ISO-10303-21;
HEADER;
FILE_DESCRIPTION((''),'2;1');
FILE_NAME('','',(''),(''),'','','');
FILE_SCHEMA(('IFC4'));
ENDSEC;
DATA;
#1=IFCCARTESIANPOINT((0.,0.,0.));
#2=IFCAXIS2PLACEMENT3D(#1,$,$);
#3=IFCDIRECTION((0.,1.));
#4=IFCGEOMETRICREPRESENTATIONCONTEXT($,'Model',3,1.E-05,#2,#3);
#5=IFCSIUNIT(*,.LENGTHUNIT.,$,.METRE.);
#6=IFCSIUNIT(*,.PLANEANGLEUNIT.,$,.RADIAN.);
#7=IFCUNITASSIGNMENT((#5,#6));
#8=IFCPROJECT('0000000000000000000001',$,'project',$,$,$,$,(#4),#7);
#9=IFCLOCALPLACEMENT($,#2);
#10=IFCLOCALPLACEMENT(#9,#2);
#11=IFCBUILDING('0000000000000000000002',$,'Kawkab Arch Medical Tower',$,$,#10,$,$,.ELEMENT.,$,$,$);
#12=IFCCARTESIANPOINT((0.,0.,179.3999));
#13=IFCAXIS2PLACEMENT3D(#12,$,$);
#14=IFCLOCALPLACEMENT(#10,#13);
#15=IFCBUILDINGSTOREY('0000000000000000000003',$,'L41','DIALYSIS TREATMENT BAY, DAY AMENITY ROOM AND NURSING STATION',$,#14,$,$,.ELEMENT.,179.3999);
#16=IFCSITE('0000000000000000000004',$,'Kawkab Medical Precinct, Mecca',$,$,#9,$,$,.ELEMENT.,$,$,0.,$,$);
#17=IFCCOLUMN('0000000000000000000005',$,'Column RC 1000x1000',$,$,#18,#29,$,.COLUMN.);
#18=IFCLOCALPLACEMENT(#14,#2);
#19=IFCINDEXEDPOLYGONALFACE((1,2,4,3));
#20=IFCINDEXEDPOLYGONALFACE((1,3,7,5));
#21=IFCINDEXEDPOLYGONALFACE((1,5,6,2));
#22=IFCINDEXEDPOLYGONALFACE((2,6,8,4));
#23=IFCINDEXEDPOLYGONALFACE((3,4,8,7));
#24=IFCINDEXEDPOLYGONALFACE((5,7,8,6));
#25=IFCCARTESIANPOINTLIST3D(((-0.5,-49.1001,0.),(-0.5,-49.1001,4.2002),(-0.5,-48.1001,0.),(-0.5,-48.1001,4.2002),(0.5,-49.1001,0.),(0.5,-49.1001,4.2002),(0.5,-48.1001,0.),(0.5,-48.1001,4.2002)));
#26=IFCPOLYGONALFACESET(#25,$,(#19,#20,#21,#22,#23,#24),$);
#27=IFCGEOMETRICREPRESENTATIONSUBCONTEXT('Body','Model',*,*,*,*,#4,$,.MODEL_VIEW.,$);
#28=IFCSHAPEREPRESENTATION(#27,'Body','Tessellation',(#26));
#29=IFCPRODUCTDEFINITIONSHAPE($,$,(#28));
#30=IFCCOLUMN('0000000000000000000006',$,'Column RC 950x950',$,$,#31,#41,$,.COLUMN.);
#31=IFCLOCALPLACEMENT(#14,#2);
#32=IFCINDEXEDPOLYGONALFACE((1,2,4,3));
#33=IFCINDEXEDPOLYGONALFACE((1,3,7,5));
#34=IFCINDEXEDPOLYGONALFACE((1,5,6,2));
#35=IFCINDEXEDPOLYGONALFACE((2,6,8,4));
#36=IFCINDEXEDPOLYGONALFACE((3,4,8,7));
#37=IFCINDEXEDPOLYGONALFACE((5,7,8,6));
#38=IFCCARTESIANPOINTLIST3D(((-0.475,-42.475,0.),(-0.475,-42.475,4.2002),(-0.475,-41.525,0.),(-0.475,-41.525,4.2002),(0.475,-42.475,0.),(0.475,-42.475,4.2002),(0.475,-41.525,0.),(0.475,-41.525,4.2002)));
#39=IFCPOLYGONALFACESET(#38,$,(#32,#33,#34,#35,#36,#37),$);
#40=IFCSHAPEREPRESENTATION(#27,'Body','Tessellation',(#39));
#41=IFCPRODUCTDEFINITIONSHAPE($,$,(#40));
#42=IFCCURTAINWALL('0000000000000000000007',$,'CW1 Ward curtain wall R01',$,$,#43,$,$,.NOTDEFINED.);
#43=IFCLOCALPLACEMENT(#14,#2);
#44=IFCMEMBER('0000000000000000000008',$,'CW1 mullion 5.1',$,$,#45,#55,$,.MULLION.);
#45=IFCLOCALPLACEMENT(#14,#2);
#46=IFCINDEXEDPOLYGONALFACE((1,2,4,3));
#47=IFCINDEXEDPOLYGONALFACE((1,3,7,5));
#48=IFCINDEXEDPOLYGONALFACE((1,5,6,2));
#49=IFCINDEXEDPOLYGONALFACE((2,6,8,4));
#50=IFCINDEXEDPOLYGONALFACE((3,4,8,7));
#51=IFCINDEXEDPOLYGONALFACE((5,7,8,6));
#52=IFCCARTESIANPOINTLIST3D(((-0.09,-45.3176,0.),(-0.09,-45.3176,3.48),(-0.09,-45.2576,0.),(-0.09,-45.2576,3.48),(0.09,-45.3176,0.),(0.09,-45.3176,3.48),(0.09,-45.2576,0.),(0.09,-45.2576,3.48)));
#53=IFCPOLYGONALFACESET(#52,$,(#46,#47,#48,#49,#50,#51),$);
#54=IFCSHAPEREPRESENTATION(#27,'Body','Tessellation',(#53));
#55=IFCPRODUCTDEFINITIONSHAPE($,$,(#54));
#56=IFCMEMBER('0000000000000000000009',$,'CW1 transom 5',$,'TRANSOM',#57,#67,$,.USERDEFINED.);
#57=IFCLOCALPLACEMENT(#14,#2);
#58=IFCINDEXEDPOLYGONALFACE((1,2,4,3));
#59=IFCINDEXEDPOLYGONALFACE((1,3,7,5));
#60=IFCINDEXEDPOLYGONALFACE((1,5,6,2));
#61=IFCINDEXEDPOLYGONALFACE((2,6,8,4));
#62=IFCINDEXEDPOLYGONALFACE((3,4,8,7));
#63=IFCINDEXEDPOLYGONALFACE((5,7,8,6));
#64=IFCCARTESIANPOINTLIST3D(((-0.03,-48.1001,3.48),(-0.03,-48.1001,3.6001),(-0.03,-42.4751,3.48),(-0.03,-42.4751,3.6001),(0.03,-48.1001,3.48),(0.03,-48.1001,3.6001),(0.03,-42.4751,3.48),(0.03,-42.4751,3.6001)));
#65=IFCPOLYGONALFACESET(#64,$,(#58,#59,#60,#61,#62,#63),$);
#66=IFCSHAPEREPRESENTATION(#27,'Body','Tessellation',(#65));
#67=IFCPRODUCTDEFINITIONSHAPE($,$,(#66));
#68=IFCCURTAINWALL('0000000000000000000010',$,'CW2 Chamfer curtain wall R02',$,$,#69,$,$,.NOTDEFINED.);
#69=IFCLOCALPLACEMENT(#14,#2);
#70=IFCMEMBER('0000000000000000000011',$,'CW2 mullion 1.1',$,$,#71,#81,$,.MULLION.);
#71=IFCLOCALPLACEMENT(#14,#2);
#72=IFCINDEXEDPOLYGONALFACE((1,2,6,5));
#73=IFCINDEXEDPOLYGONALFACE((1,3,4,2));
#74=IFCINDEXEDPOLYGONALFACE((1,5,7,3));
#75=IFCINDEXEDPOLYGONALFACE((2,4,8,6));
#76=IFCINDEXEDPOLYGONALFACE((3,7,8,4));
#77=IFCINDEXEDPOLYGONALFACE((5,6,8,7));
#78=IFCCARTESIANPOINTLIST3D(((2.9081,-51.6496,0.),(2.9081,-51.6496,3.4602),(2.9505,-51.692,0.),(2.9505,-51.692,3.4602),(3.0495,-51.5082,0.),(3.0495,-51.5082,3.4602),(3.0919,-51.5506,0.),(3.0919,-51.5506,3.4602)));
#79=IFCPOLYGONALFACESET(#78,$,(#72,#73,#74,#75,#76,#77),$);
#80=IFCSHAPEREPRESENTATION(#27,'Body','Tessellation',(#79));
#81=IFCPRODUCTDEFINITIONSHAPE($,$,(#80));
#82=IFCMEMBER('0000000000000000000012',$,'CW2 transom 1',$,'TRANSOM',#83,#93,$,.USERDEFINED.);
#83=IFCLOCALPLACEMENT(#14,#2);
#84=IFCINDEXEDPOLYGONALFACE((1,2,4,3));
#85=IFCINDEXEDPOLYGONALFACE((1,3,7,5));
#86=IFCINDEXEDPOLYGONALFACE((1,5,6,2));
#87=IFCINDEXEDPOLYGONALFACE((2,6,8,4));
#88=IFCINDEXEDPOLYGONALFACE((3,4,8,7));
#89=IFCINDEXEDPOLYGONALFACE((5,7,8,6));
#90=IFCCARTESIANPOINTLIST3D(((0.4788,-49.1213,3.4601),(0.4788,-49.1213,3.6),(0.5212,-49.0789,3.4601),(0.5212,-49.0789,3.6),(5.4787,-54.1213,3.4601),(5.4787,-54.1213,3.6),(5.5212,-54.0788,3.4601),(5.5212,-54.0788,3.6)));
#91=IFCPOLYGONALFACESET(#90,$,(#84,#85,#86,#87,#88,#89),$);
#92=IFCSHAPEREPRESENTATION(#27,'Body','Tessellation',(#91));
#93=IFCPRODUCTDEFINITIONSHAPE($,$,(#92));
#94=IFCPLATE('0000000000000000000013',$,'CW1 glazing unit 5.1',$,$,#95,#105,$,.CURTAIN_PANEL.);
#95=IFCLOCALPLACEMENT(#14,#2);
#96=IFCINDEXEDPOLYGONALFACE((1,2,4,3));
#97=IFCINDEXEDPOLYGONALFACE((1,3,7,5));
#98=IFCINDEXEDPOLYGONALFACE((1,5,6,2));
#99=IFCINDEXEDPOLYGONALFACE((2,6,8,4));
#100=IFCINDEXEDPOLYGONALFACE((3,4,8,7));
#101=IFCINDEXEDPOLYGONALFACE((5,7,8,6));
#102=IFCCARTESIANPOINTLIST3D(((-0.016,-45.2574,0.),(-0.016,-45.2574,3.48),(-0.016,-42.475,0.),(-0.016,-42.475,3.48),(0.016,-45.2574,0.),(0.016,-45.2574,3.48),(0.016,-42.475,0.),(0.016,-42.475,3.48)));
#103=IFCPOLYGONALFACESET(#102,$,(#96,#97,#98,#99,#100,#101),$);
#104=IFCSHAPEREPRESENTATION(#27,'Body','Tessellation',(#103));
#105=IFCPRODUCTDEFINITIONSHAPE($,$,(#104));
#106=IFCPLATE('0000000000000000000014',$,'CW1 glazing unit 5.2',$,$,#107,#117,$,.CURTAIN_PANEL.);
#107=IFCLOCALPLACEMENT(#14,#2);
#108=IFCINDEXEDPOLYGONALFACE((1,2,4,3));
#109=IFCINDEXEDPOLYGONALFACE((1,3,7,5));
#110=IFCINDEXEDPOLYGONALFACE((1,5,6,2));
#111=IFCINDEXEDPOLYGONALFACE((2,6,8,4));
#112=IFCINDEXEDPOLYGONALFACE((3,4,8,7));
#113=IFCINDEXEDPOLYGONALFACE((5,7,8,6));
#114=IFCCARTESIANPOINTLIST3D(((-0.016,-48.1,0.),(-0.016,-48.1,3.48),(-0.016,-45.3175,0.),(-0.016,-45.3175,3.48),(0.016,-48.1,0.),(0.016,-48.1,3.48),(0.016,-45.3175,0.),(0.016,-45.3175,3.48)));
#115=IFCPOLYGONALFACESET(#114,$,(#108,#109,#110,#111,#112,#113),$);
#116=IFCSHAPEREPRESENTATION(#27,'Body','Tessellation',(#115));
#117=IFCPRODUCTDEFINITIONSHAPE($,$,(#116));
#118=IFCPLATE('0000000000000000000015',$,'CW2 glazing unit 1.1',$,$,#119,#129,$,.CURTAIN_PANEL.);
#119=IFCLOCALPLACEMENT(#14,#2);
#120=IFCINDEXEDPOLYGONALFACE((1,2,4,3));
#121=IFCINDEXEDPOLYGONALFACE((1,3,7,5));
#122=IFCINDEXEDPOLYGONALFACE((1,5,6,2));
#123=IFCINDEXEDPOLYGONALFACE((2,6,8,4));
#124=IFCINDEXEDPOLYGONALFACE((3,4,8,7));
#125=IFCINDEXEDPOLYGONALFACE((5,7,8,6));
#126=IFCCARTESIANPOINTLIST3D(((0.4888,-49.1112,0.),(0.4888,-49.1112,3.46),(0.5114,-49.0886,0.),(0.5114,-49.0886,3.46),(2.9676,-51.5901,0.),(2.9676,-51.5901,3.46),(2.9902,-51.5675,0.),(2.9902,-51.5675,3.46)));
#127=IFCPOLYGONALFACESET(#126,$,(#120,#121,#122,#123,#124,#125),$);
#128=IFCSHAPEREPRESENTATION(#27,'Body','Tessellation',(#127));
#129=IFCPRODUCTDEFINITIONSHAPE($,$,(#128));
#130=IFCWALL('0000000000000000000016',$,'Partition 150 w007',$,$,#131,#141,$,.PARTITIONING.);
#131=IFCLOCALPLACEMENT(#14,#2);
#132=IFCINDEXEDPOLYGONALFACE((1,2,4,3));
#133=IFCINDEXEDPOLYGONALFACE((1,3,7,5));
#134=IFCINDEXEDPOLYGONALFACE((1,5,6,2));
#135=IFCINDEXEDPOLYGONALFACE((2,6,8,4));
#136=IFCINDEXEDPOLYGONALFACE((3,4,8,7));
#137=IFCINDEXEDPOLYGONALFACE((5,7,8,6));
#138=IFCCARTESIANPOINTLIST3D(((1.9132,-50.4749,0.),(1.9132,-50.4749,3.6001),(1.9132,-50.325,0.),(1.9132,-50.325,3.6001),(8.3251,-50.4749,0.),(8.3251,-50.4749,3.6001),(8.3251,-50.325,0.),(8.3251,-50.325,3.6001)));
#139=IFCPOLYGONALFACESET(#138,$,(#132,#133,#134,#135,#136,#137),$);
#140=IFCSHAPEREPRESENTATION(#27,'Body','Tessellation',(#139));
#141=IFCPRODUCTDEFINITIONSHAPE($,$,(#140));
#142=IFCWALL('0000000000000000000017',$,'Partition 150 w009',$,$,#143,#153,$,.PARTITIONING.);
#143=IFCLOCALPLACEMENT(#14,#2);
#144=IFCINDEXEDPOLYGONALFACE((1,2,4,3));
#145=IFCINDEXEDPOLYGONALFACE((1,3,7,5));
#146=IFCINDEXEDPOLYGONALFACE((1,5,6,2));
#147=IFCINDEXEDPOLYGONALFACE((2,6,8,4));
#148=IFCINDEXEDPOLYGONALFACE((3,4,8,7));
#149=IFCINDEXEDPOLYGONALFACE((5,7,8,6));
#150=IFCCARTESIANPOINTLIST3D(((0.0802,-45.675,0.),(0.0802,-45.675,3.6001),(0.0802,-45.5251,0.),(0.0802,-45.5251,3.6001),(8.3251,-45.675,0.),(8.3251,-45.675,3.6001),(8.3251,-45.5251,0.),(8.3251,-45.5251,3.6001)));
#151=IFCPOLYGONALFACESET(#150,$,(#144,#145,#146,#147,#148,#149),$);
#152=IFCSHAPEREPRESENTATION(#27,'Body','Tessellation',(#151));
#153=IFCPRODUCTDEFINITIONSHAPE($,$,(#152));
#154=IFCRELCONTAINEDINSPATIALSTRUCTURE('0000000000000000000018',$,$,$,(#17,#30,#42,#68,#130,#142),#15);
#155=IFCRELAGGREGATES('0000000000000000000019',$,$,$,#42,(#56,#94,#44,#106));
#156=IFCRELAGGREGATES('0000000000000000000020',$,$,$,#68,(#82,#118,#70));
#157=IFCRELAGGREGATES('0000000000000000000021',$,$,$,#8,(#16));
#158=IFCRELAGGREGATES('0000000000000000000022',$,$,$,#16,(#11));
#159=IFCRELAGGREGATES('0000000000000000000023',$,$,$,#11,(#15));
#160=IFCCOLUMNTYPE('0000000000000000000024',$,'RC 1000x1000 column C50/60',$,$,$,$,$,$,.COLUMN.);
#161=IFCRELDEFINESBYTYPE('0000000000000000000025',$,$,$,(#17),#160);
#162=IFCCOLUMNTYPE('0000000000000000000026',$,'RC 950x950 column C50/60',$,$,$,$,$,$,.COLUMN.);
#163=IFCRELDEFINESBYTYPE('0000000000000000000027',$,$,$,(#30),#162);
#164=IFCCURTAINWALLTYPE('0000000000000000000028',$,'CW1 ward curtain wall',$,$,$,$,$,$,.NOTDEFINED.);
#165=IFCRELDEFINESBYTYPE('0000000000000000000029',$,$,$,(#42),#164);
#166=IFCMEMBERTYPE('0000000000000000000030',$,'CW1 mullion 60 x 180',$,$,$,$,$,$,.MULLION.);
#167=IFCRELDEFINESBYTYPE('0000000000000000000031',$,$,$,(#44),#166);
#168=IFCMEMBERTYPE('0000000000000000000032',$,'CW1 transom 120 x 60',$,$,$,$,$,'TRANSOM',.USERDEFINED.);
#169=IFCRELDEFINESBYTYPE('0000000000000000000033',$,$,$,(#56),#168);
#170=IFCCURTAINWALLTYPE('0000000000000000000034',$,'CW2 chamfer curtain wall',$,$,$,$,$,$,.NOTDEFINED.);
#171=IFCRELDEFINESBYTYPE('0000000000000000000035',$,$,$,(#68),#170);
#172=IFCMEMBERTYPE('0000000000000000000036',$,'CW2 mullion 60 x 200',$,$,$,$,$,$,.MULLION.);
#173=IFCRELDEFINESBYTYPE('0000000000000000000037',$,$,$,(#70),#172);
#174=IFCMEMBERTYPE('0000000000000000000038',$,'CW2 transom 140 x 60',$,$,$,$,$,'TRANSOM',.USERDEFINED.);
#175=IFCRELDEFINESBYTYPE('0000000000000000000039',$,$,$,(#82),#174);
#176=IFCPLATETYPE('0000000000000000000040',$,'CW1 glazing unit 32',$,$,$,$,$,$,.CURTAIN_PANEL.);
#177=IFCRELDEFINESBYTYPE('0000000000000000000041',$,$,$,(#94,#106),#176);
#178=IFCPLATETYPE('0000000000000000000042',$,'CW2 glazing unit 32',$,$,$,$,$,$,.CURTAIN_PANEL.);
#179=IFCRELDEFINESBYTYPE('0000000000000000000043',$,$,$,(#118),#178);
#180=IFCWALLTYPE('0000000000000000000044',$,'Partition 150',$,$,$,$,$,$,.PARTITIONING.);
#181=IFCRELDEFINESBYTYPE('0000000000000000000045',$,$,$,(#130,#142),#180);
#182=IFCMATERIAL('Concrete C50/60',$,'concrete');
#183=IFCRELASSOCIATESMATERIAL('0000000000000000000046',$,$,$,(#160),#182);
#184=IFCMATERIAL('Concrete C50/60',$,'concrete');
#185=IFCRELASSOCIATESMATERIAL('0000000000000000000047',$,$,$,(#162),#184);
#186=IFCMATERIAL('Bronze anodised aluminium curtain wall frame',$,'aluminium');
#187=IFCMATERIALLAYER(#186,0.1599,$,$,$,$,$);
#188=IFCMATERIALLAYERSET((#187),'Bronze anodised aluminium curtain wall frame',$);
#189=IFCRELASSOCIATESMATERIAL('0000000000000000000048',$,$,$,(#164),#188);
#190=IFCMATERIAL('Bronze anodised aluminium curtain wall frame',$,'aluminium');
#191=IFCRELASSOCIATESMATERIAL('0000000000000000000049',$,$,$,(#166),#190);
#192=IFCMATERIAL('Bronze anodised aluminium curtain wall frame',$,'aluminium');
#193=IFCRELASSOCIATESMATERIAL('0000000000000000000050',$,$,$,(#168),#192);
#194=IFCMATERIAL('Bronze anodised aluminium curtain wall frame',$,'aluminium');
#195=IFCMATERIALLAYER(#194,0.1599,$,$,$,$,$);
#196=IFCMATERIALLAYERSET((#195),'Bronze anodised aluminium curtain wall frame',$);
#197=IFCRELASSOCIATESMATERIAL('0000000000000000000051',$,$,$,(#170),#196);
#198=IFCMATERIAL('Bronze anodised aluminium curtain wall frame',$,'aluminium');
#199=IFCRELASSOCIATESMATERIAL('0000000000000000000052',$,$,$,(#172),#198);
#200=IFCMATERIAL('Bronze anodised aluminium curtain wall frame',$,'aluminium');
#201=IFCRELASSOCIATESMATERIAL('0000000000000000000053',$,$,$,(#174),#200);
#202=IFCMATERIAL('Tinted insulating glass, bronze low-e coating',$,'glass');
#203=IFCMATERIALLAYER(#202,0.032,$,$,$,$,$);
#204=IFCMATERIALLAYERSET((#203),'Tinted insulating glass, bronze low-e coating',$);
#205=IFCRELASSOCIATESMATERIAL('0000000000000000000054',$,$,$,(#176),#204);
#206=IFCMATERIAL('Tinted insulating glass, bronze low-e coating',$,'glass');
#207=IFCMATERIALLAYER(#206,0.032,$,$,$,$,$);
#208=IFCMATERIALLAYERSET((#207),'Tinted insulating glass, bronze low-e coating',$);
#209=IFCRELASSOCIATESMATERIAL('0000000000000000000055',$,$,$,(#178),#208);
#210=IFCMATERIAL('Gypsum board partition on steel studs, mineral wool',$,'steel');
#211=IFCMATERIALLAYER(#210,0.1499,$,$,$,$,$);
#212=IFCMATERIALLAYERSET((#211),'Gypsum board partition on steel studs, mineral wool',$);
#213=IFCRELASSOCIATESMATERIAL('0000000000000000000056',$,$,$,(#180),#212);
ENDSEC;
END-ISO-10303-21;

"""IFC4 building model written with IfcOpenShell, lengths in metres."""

from ifc_helpers import new_model, si_unit, direction, frame, frame_2d, origin, origin_2d, place, context, subcontext, project, spatial, rectangle, extrude, material, layer, layer_set, material_profile, profile_set, type_object, element, aggregate, save


model = new_model("IFC4")

# Units and contexts
model_context = context("Model", 3, precision=1e-05, world=origin(), true_north=direction((0.0, 1.0)))
body_context = subcontext(model_context, "Body", "Model", "MODEL_VIEW")
ifc_project = project(units=[si_unit("LENGTHUNIT", "METRE"), si_unit("PLANEANGLEUNIT", "RADIAN")], contexts=[model_context])

# Site, building, storey
site_placement = place(None, origin())
site = spatial("IfcSite", under=ifc_project, at=site_placement, Name="Kawkab Medical Precinct, Mecca", CompositionType="ELEMENT", RefElevation=0.0)
building_placement = place(site_placement, origin())
building = spatial("IfcBuilding", under=site, at=building_placement, Name="Kawkab Arch Medical Tower", CompositionType="ELEMENT")
storey_placement = place(building_placement, frame((0.0, 0.0, 179.3999)))
storey = spatial("IfcBuildingStorey", under=building, at=storey_placement, Name="L41", Description="DIALYSIS TREATMENT BAY, DAY AMENITY ROOM AND NURSING STATION", CompositionType="ELEMENT", Elevation=179.3999)

# Columns
ifc_material_1 = material(Name="Concrete C50/60", Category="concrete")
ifc_material_profile_1 = material_profile(ifc_material_1, rectangle(XDim=1.0, YDim=1.0, at=origin_2d()), Name="RC 1000x1000")
ifc_profile_set_1 = profile_set([ifc_material_profile_1], Name="Concrete C50/60")
column_type_1 = type_object("IfcColumnType", Name="RC 1000x1000 column C50/60", PredefinedType="COLUMN", material=ifc_profile_set_1)
column_1_placement = place(storey_placement, frame((0.0, -48.6001, 0.0), z_axis=(0.0, 0.0, 1.0), x_axis=(1.0, 0.0, 0.0)))
element("IfcColumn", 1, at=column_1_placement, inside=storey, type_object=column_type_1, Name="Column RC 1000x1000", PredefinedType="COLUMN", context=body_context, shape_type="SweptSolid", body=[
    extrude(rectangle(XDim=1.0, YDim=1.0, at=origin_2d()), origin(), (0.0, 0.0, 1.0), 4.2002),
])
ifc_material_2 = material(Name="Concrete C50/60", Category="concrete")
ifc_material_profile_2 = material_profile(ifc_material_2, rectangle(XDim=0.95, YDim=0.95, at=origin_2d()), Name="RC 950x950")
ifc_profile_set_2 = profile_set([ifc_material_profile_2], Name="Concrete C50/60")
column_type_2 = type_object("IfcColumnType", Name="RC 950x950 column C50/60", PredefinedType="COLUMN", material=ifc_profile_set_2)
column_2_placement = place(storey_placement, frame((0.0, -42.0, 0.0), z_axis=(0.0, 0.0, 1.0), x_axis=(1.0, 0.0, 0.0)))
element("IfcColumn", 2, at=column_2_placement, inside=storey, type_object=column_type_2, Name="Column RC 950x950", PredefinedType="COLUMN", context=body_context, shape_type="SweptSolid", body=[
    extrude(rectangle(XDim=0.95, YDim=0.95, at=origin_2d()), origin(), (0.0, 0.0, 1.0), 4.2002),
])

# Curtain walls, members
ifc_material_3 = material(Name="Bronze anodised aluminium curtain wall frame", Category="aluminium")
ifc_layer_1 = layer(ifc_material_3, 0.1599)
ifc_layer_set_1 = layer_set([ifc_layer_1], Name="Bronze anodised aluminium curtain wall frame")
curtain_wall_type_1 = type_object("IfcCurtainWallType", Name="CW1 ward curtain wall", PredefinedType="NOTDEFINED", material=ifc_layer_set_1)
placement = place(storey_placement, origin())
curtain_wall_1 = element("IfcCurtainWall", 3, at=placement, inside=storey, type_object=curtain_wall_type_1, Name="CW1 Ward curtain wall R01", PredefinedType="NOTDEFINED")
ifc_material_4 = material(Name="Bronze anodised aluminium curtain wall frame", Category="aluminium")
ifc_material_profile_3 = material_profile(ifc_material_4, rectangle(XDim=0.1799, YDim=0.0601, at=origin_2d()), Name="AL 60x180")
ifc_profile_set_3 = profile_set([ifc_material_profile_3], Name="Bronze anodised aluminium curtain wall frame")
member_type_1 = type_object("IfcMemberType", Name="CW1 mullion 60 x 180", PredefinedType="MULLION", material=ifc_profile_set_3)
member_1_placement = place(storey_placement, frame((0.0, -45.2876, 0.0), z_axis=(0.0, 0.0, 1.0), x_axis=(1.0, 0.0, 0.0)))
member_1 = element("IfcMember", 4, at=member_1_placement, type_object=member_type_1, Name="CW1 mullion 5.1", PredefinedType="MULLION", context=body_context, shape_type="SweptSolid", body=[
    extrude(rectangle(XDim=0.1799, YDim=0.0601, at=origin_2d()), origin(), (0.0, 0.0, 1.0), 3.48),
])
ifc_material_5 = material(Name="Bronze anodised aluminium curtain wall frame", Category="aluminium")
ifc_material_profile_4 = material_profile(ifc_material_5, rectangle(XDim=0.0601, YDim=0.1201, at=origin_2d()), Name="AL 60x120")
ifc_profile_set_4 = profile_set([ifc_material_profile_4], Name="Bronze anodised aluminium curtain wall frame")
member_type_2 = type_object("IfcMemberType", Name="CW1 transom 120 x 60", ElementType="TRANSOM", PredefinedType="USERDEFINED", material=ifc_profile_set_4)
member_2_placement = place(storey_placement, frame((0.0, -42.4751, 3.54), z_axis=(0.0, -1.0, 0.0), x_axis=(1.0, 0.0, 0.0)))
member_2 = element("IfcMember", 5, at=member_2_placement, type_object=member_type_2, Name="CW1 transom 5", ObjectType="TRANSOM", PredefinedType="USERDEFINED", context=body_context, shape_type="SweptSolid", body=[
    extrude(rectangle(XDim=0.0601, YDim=0.1201, at=origin_2d()), origin(), (0.0, 0.0, 1.0), 5.625),
])
ifc_material_6 = material(Name="Bronze anodised aluminium curtain wall frame", Category="aluminium")
ifc_layer_2 = layer(ifc_material_6, 0.1599)
ifc_layer_set_2 = layer_set([ifc_layer_2], Name="Bronze anodised aluminium curtain wall frame")
curtain_wall_type_2 = type_object("IfcCurtainWallType", Name="CW2 chamfer curtain wall", PredefinedType="NOTDEFINED", material=ifc_layer_set_2)
curtain_wall_2 = element("IfcCurtainWall", 6, at=placement, inside=storey, type_object=curtain_wall_type_2, Name="CW2 Chamfer curtain wall R02", PredefinedType="NOTDEFINED")
ifc_material_7 = material(Name="Bronze anodised aluminium curtain wall frame", Category="aluminium")
ifc_material_profile_5 = material_profile(ifc_material_7, rectangle(XDim=0.2, YDim=0.0601, at=origin_2d()), Name="AL 60x200")
ifc_profile_set_5 = profile_set([ifc_material_profile_5], Name="Bronze anodised aluminium curtain wall frame")
member_type_3 = type_object("IfcMemberType", Name="CW2 mullion 60 x 200", PredefinedType="MULLION", material=ifc_profile_set_5)
member_3_placement = place(storey_placement, frame((3.0, -51.6001, 0.0), z_axis=(0.0, 0.0, 1.0), x_axis=(0.707107, 0.707107, 0.0)))
member_3 = element("IfcMember", 7, at=member_3_placement, type_object=member_type_3, Name="CW2 mullion 1.1", PredefinedType="MULLION", context=body_context, shape_type="SweptSolid", body=[
    extrude(rectangle(XDim=0.2, YDim=0.0601, at=origin_2d()), origin(), (0.0, 0.0, 1.0), 3.4602),
])
ifc_material_8 = material(Name="Bronze anodised aluminium curtain wall frame", Category="aluminium")
ifc_material_profile_6 = material_profile(ifc_material_8, rectangle(XDim=0.0601, YDim=0.1399, at=origin_2d()), Name="AL 60x140")
ifc_profile_set_6 = profile_set([ifc_material_profile_6], Name="Bronze anodised aluminium curtain wall frame")
member_type_4 = type_object("IfcMemberType", Name="CW2 transom 140 x 60", ElementType="TRANSOM", PredefinedType="USERDEFINED", material=ifc_profile_set_6)
member_4_placement = place(storey_placement, frame((0.5, -49.1001, 3.53), z_axis=(0.707107, -0.707107, 0.0), x_axis=(0.707107, 0.707107, 0.0)))
member_4 = element("IfcMember", 8, at=member_4_placement, type_object=member_type_4, Name="CW2 transom 1", ObjectType="TRANSOM", PredefinedType="USERDEFINED", context=body_context, shape_type="SweptSolid", body=[
    extrude(rectangle(XDim=0.0601, YDim=0.1399, at=origin_2d()), origin(), (0.0, 0.0, 1.0), 7.071),
])

# Plates
ifc_material_9 = material(Name="Tinted insulating glass, bronze low-e coating", Category="glass")
ifc_layer_3 = layer(ifc_material_9, 0.032)
ifc_layer_set_3 = layer_set([ifc_layer_3], Name="Tinted insulating glass, bronze low-e coating")
plate_type_1 = type_object("IfcPlateType", Name="CW1 glazing unit 32", PredefinedType="CURTAIN_PANEL", material=ifc_layer_set_3)
plate_1_placement = place(storey_placement, frame((0.0, -43.8662, 0.0), z_axis=(0.0, 0.0, 1.0), x_axis=(0.0, -1.0, 0.0)))
plate_1 = element("IfcPlate", 9, at=plate_1_placement, type_object=plate_type_1, Name="CW1 glazing unit 5.1", PredefinedType="CURTAIN_PANEL", context=body_context, shape_type="SweptSolid", body=[
    extrude(rectangle(XDim=2.7825, YDim=0.032, at=origin_2d()), origin(), (0.0, 0.0, 1.0), 3.48),
])
plate_2_placement = place(storey_placement, frame((0.0, -46.7087, 0.0), z_axis=(0.0, 0.0, 1.0), x_axis=(0.0, -1.0, 0.0)))
plate_2 = element("IfcPlate", 10, at=plate_2_placement, type_object=plate_type_1, Name="CW1 glazing unit 5.2", PredefinedType="CURTAIN_PANEL", context=body_context, shape_type="SweptSolid", body=[
    extrude(rectangle(XDim=2.7825, YDim=0.032, at=origin_2d()), origin(), (0.0, 0.0, 1.0), 3.48),
])
aggregate(curtain_wall_1, [member_2, plate_1, member_1, plate_2])
ifc_material_10 = material(Name="Tinted insulating glass, bronze low-e coating", Category="glass")
ifc_layer_4 = layer(ifc_material_10, 0.032)
ifc_layer_set_4 = layer_set([ifc_layer_4], Name="Tinted insulating glass, bronze low-e coating")
plate_type_2 = type_object("IfcPlateType", Name="CW2 glazing unit 32", PredefinedType="CURTAIN_PANEL", material=ifc_layer_set_4)
plate_3_placement = place(storey_placement, frame((1.7395, -50.3394, 0.0), z_axis=(0.0, 0.0, 1.0), x_axis=(0.707107, -0.707107, 0.0)))
plate_3 = element("IfcPlate", 11, at=plate_3_placement, type_object=plate_type_2, Name="CW2 glazing unit 1.1", PredefinedType="CURTAIN_PANEL", context=body_context, shape_type="SweptSolid", body=[
    extrude(rectangle(XDim=3.5056, YDim=0.032, at=origin_2d()), origin(), (0.0, 0.0, 1.0), 3.46),
])
aggregate(curtain_wall_2, [member_4, plate_3, member_3])

# Walls
ifc_material_11 = material(Name="Gypsum board partition on steel studs, mineral wool", Category="steel")
ifc_layer_5 = layer(ifc_material_11, 0.1499)
ifc_layer_set_5 = layer_set([ifc_layer_5], Name="Gypsum board partition on steel studs, mineral wool")
wall_type_1 = type_object("IfcWallType", Name="Partition 150", PredefinedType="PARTITIONING", material=ifc_layer_set_5)
wall_1_placement = place(storey_placement, frame((1.9131, -50.3999, 0.0), z_axis=(0.0, 0.0, 1.0), x_axis=(1.0, 0.0, 0.0)))
element("IfcWall", 12, at=wall_1_placement, inside=storey, type_object=wall_type_1, Name="Partition 150 w007", PredefinedType="PARTITIONING", context=body_context, shape_type="SweptSolid", body=[
    extrude(rectangle(XDim=6.4119, YDim=0.1499, at=frame_2d((3.2061, 0.0))), origin(), (0.0, 0.0, 1.0), 3.6001),
])
wall_2_placement = place(storey_placement, frame((0.0801, -45.6001, 0.0), z_axis=(0.0, 0.0, 1.0), x_axis=(1.0, 0.0, 0.0)))
element("IfcWall", 13, at=wall_2_placement, inside=storey, type_object=wall_type_1, Name="Partition 150 w009", PredefinedType="PARTITIONING", context=body_context, shape_type="SweptSolid", body=[
    extrude(rectangle(XDim=8.2449, YDim=0.1499, at=frame_2d((4.1226, 0.0))), origin(), (0.0, 0.0, 1.0), 3.6001),
])

save(model, "model.ifc")
